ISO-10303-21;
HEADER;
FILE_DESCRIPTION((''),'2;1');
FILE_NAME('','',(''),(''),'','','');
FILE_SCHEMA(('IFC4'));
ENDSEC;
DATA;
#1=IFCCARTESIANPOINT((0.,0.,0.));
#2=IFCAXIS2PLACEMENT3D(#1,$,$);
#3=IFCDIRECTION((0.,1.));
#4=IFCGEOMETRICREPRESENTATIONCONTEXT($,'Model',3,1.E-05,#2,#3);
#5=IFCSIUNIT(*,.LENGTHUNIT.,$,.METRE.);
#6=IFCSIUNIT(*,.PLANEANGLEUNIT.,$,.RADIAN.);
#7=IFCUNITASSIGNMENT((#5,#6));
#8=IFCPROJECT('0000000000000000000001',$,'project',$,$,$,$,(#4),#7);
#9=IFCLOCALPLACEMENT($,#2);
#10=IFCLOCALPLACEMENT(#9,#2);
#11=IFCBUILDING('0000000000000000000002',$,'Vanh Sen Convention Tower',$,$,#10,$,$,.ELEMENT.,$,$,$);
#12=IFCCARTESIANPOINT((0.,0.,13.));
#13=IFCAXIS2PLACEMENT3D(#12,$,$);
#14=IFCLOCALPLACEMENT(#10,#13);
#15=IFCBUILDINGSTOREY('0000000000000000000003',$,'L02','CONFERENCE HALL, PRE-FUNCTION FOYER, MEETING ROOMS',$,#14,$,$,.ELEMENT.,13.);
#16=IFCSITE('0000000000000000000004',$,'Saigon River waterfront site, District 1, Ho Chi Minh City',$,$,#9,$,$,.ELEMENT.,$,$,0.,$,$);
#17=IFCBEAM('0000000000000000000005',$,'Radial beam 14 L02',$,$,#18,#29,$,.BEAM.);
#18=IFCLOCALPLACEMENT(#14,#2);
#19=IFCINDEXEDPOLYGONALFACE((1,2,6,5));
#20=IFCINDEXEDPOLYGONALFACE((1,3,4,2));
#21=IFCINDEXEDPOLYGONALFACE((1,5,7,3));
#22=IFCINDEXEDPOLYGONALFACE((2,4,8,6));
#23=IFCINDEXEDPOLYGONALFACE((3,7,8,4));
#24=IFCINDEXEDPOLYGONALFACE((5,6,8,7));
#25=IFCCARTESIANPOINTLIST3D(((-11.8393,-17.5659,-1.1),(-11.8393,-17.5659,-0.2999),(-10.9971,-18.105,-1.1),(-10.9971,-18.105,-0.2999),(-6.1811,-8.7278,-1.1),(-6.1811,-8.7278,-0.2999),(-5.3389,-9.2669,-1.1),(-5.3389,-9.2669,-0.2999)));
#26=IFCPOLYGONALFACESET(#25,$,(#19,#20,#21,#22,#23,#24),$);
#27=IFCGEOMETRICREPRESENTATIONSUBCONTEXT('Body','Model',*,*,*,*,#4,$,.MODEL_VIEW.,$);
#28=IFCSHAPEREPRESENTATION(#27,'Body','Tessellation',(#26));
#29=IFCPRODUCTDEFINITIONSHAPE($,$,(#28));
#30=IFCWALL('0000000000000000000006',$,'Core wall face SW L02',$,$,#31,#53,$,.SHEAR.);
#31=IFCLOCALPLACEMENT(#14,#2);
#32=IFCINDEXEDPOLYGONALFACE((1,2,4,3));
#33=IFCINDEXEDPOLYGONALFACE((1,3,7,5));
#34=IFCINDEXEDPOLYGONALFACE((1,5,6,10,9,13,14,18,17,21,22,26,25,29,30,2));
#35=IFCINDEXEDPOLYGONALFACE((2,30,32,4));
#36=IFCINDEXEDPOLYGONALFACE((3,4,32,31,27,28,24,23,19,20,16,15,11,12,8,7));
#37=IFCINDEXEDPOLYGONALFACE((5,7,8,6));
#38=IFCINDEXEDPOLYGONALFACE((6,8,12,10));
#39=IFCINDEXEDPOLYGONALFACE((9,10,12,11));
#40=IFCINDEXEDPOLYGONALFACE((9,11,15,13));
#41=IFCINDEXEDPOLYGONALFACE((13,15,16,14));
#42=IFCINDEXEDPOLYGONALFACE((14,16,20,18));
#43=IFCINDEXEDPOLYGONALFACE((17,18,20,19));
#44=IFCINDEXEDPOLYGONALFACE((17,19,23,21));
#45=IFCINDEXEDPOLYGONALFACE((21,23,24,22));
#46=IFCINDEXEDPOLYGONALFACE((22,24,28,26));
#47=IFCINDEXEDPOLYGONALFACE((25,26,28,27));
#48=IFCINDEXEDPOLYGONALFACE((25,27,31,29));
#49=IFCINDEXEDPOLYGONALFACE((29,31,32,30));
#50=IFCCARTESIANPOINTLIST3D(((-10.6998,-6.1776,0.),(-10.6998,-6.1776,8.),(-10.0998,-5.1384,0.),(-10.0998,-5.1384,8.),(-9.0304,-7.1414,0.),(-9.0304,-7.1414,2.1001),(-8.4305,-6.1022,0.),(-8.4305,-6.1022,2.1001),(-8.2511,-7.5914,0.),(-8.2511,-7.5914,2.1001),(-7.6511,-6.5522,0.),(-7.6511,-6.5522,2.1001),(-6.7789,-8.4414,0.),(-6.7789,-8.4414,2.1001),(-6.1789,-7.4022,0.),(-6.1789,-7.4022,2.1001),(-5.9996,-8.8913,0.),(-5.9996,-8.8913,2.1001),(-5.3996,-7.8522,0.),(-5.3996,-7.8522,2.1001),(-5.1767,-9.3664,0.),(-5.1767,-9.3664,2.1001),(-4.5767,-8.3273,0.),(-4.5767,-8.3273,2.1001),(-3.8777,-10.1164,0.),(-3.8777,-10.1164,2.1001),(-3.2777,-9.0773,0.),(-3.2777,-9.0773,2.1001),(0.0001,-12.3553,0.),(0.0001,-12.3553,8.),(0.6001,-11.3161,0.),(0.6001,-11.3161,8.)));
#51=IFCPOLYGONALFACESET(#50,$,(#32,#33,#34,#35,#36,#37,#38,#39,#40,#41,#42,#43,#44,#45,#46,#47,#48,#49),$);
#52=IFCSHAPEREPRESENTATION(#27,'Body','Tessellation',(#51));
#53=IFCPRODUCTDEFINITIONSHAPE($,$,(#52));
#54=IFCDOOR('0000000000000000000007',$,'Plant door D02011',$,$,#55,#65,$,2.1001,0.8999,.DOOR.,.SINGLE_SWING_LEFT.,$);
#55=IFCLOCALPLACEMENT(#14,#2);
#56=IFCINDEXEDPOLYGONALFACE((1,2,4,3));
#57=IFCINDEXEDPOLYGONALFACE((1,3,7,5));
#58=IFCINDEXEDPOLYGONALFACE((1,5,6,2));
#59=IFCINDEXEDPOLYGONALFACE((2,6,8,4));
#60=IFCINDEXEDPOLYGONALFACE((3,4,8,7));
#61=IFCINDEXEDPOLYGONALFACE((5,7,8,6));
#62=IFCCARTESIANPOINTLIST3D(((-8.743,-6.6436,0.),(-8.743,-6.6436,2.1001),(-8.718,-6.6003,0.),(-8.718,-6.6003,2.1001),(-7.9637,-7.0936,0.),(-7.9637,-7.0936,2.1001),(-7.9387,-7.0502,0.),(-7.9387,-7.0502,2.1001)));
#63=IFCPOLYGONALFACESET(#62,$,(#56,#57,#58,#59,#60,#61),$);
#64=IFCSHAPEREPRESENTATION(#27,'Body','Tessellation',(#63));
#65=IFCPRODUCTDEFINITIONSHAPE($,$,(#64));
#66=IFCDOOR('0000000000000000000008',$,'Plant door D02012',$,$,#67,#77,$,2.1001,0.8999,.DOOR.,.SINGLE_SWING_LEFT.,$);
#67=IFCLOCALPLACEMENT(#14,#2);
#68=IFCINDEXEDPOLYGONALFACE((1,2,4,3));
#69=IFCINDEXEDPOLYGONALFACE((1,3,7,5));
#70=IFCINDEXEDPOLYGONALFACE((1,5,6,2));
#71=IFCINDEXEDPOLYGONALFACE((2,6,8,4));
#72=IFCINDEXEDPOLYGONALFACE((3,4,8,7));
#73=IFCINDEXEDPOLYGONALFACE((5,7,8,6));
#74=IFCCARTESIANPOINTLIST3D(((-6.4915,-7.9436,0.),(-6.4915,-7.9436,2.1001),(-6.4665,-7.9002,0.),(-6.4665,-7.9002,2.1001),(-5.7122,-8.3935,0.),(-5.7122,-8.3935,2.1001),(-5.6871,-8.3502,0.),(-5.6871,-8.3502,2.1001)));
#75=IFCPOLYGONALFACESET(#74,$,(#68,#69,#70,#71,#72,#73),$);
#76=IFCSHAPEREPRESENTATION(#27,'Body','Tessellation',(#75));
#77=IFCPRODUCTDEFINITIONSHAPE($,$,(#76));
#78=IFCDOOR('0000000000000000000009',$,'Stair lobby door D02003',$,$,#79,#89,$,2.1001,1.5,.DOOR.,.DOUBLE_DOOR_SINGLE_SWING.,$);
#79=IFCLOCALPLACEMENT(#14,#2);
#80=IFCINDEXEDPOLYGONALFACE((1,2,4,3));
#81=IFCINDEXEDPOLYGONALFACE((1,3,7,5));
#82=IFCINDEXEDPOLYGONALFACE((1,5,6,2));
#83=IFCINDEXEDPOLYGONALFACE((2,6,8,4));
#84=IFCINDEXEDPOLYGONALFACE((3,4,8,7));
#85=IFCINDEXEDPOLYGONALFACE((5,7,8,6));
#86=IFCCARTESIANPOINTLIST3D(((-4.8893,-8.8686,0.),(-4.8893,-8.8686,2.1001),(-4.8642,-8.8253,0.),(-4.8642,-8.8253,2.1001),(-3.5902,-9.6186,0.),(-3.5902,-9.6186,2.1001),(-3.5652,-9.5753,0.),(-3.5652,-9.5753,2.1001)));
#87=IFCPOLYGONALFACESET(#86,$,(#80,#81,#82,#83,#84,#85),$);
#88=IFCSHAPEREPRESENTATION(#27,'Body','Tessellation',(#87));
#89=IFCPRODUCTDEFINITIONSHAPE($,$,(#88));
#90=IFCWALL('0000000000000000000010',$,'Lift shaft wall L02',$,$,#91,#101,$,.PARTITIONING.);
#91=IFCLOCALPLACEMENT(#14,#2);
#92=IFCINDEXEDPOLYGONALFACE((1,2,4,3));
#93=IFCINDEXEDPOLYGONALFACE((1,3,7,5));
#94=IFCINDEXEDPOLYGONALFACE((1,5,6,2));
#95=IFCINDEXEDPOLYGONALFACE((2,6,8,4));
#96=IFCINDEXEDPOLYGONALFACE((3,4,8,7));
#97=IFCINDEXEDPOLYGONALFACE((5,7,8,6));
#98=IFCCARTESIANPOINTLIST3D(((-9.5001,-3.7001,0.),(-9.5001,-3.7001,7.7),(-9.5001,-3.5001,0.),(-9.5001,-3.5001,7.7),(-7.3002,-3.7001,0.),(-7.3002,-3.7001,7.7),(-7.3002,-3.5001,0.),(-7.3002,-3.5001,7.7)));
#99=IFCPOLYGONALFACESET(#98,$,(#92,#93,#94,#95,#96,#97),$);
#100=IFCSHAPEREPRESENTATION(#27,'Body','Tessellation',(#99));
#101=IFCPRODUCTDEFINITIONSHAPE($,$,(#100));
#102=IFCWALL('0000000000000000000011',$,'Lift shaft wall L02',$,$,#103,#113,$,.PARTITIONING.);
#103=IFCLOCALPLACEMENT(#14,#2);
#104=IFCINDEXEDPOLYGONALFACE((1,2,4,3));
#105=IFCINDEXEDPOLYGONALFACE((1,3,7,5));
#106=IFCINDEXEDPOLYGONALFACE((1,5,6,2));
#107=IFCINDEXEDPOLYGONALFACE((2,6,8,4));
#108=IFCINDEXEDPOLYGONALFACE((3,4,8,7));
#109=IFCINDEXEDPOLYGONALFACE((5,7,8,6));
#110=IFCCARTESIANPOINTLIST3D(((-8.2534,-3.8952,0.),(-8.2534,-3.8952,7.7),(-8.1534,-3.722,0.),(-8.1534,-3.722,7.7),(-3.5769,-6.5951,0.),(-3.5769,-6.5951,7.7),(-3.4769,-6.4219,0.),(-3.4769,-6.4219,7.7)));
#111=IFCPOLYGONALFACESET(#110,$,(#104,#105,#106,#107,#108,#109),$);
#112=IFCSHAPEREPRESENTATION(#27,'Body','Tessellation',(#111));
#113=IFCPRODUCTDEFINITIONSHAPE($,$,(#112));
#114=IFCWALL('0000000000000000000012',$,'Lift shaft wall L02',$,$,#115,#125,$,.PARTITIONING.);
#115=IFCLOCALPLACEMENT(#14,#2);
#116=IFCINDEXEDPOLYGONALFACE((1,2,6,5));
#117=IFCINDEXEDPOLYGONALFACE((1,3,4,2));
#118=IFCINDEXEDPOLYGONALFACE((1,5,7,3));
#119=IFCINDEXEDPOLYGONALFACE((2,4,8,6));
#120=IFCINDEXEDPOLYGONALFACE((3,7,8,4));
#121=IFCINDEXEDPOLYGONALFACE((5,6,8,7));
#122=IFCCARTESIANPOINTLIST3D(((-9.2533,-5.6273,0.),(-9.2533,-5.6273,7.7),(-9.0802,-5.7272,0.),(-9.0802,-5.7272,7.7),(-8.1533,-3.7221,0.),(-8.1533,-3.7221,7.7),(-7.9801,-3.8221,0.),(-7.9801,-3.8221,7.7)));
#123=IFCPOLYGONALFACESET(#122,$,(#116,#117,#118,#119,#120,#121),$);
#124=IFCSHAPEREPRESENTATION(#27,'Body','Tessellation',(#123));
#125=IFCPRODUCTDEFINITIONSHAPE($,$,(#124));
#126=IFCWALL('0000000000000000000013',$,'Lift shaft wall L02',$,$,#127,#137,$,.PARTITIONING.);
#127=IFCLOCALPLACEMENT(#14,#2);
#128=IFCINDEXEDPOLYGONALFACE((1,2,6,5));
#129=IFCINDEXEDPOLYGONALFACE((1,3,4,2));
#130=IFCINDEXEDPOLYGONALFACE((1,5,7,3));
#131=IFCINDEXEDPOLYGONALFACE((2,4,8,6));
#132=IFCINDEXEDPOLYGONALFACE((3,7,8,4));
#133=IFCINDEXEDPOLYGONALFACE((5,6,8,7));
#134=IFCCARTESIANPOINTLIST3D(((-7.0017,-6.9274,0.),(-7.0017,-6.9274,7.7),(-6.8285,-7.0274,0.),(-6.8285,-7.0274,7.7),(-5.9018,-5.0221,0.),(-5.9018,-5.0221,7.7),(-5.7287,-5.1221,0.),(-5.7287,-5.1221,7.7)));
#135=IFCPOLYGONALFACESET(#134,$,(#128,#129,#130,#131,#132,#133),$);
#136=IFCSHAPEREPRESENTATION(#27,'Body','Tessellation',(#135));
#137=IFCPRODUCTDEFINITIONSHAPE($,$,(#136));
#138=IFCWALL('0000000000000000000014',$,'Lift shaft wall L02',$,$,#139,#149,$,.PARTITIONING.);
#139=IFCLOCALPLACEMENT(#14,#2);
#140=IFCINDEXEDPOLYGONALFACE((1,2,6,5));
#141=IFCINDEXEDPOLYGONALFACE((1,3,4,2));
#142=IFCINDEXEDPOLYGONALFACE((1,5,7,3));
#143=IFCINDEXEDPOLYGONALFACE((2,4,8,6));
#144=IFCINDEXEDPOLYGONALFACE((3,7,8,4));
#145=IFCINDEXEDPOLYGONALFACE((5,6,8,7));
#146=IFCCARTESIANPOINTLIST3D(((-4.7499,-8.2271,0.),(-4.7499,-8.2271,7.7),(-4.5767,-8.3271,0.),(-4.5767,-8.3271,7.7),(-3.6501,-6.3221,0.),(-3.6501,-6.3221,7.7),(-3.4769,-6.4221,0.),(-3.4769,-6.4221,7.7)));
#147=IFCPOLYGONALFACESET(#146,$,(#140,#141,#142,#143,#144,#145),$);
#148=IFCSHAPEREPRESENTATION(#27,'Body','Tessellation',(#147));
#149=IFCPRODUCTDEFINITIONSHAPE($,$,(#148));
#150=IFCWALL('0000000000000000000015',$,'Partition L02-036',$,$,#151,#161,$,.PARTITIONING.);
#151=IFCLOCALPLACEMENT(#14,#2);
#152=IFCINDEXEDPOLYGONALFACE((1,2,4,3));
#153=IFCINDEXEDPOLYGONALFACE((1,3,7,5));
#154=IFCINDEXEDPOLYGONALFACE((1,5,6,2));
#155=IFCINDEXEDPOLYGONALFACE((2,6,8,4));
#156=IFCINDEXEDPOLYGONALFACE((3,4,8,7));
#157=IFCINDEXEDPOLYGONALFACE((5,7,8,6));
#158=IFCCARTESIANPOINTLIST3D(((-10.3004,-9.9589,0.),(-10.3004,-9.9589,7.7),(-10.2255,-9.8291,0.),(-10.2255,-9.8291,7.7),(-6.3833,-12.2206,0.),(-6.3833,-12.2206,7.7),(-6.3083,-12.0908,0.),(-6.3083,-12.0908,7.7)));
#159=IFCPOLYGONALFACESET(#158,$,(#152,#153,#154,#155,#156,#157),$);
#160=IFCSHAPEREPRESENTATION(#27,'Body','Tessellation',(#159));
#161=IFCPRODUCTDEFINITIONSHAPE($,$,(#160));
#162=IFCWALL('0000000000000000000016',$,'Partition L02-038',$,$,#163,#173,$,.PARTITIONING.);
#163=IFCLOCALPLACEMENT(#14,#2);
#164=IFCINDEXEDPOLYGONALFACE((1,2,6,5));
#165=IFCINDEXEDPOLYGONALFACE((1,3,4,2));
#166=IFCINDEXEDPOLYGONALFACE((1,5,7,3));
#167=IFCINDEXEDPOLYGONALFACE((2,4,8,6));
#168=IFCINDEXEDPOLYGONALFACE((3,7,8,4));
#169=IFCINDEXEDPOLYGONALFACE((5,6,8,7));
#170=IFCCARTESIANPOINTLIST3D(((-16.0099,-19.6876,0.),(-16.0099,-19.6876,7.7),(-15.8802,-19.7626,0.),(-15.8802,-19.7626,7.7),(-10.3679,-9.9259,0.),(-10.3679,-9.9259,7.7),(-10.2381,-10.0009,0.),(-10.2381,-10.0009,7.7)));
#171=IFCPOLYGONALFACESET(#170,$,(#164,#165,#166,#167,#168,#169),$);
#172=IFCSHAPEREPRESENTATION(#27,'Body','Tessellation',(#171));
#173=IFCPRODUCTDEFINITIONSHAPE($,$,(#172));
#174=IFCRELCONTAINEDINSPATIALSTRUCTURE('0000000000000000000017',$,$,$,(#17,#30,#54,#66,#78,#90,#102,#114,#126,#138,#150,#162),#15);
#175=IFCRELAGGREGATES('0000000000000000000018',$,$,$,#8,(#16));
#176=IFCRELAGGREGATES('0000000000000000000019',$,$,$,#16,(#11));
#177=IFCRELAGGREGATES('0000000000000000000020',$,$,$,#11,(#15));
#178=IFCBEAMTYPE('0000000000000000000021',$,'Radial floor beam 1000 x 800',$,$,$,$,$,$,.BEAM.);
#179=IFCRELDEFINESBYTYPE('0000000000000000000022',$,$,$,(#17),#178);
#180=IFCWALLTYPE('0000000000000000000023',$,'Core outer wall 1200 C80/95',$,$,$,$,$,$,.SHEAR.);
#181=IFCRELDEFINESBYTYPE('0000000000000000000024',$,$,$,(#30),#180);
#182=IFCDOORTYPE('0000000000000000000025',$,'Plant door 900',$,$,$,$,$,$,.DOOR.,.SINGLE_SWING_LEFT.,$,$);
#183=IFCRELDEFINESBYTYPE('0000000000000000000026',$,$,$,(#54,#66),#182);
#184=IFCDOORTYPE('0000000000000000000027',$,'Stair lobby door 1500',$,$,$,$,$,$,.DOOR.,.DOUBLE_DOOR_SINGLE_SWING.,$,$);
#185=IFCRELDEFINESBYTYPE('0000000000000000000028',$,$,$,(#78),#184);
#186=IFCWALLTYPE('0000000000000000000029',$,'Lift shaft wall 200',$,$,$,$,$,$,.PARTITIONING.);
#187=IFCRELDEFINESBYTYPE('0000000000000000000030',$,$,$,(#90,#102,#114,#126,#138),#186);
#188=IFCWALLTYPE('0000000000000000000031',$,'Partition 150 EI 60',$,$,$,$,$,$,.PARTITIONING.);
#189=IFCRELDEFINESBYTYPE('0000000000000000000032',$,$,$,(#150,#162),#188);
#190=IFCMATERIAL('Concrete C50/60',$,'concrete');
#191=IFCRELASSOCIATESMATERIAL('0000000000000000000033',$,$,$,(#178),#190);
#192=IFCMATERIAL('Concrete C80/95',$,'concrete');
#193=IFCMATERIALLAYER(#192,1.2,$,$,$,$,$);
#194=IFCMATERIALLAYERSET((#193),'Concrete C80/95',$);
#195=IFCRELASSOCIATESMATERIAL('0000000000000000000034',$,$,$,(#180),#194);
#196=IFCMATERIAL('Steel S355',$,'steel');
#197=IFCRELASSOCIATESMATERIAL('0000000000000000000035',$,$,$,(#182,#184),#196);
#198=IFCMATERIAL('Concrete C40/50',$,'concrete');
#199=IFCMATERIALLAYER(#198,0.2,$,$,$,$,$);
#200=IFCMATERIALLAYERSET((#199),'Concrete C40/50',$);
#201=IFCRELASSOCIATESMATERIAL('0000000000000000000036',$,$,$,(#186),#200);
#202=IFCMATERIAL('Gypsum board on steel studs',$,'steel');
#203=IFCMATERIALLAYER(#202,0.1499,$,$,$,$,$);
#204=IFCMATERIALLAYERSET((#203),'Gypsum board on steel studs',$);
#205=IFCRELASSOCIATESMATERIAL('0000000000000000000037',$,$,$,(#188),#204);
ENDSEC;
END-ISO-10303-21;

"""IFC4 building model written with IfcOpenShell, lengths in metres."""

from ifc_helpers import new_model, si_unit, direction, frame, frame_2d, origin, origin_2d, place, context, subcontext, project, spatial, rectangle, extrude, material, layer, layer_set, material_profile, profile_set, type_object, element, fill, save


model = new_model("IFC4")

# Units and contexts
model_context = context("Model", 3, precision=1e-05, world=origin(), true_north=direction((0.0, 1.0)))
body_context = subcontext(model_context, "Body", "Model", "MODEL_VIEW")
ifc_project = project(units=[si_unit("LENGTHUNIT", "METRE"), si_unit("PLANEANGLEUNIT", "RADIAN")], contexts=[model_context])

# Site, building, storey
site_placement = place(None, origin())
site = spatial("IfcSite", under=ifc_project, at=site_placement, Name="Saigon River waterfront site, District 1, Ho Chi Minh City", CompositionType="ELEMENT", RefElevation=0.0)
building_placement = place(site_placement, origin())
building = spatial("IfcBuilding", under=site, at=building_placement, Name="Vanh Sen Convention Tower", CompositionType="ELEMENT")
storey_placement = place(building_placement, frame((0.0, 0.0, 13.0)))
storey = spatial("IfcBuildingStorey", under=building, at=storey_placement, Name="L02", Description="CONFERENCE HALL, PRE-FUNCTION FOYER, MEETING ROOMS", CompositionType="ELEMENT", Elevation=13.0)

# Beam
ifc_material_1 = material(Name="Concrete C50/60", Category="concrete")
ifc_material_profile = material_profile(ifc_material_1, rectangle(XDim=1.0, YDim=0.8, at=origin_2d()), Name="RC 1000X800")
ifc_profile_set = profile_set([ifc_material_profile], Name="Concrete C50/60")
beam_type = type_object("IfcBeamType", Name="Radial floor beam 1000 x 800", PredefinedType="BEAM", material=ifc_profile_set)
beam_placement = place(storey_placement, frame((-11.4182, -17.8354, -0.7), z_axis=(0.539175, 0.842194, 0.0), x_axis=(-0.842194, 0.539175, 0.0)))
element("IfcBeam", 1, at=beam_placement, inside=storey, type_object=beam_type, Name="Radial beam 14 L02", PredefinedType="BEAM", context=body_context, shape_type="SweptSolid", body=[
    extrude(rectangle(XDim=1.0, YDim=0.8, at=origin_2d()), origin(), (0.0, 0.0, 1.0), 10.4941),
])

# Wall, openings, doors
ifc_material_2 = material(Name="Concrete C80/95", Category="concrete")
ifc_layer_1 = layer(ifc_material_2, 1.2)
ifc_layer_set_1 = layer_set([ifc_layer_1], Name="Concrete C80/95")
wall_type_1 = type_object("IfcWallType", Name="Core outer wall 1200 C80/95", PredefinedType="SHEAR", material=ifc_layer_set_1)
wall_1_placement = place(storey_placement, frame((-10.3999, -5.658, 0.0), z_axis=(0.0, 0.0, 1.0), x_axis=(0.866021, -0.500007, 0.0)))
wall_1 = element("IfcWall", 2, at=wall_1_placement, inside=storey, type_object=wall_type_1, Name="Core wall face SW L02", PredefinedType="SHEAR", context=body_context, shape_type="SweptSolid", body=[
    extrude(rectangle(XDim=12.3552, YDim=1.2, at=frame_2d((6.1777, 0.0))), origin(), (0.0, 0.0, 1.0), 8.0),
])
opening_1_placement = place(wall_1_placement, frame((6.3777, 0.0, 0.0)))
opening_1 = element("IfcOpeningElement", 3, at=opening_1_placement, cuts=wall_1, PredefinedType="OPENING", context=body_context, shape_type="SweptSolid", body=[
    extrude(rectangle(XDim=1.5, YDim=2.1001, at=frame_2d((0.75, 1.05))), frame((0.0, 0.6099, 0.0), z_axis=(0.0, -1.0, 0.0), x_axis=(1.0, 0.0, 0.0)), (0.0, 0.0, 1.0), 1.22),
])
opening_2_placement = place(wall_1_placement, frame((1.9277, 0.0, 0.0)))
opening_2 = element("IfcOpeningElement", 4, at=opening_2_placement, cuts=wall_1, PredefinedType="OPENING", context=body_context, shape_type="SweptSolid", body=[
    extrude(rectangle(XDim=0.8999, YDim=2.1001, at=frame_2d((0.45, 1.05))), frame((0.0, 0.6099, 0.0), z_axis=(0.0, -1.0, 0.0), x_axis=(1.0, 0.0, 0.0)), (0.0, 0.0, 1.0), 1.22),
])
opening_3_placement = place(wall_1_placement, frame((4.5276, 0.0, 0.0)))
opening_3 = element("IfcOpeningElement", 5, at=opening_3_placement, cuts=wall_1, PredefinedType="OPENING", context=body_context, shape_type="SweptSolid", body=[
    extrude(rectangle(XDim=0.8999, YDim=2.1001, at=frame_2d((0.45, 1.05))), frame((0.0, 0.6099, 0.0), z_axis=(0.0, -1.0, 0.0), x_axis=(1.0, 0.0, 0.0)), (0.0, 0.0, 1.0), 1.22),
])
ifc_material_3 = material(Name="Steel S355", Category="steel")
door_type_1 = type_object("IfcDoorType", Name="Plant door 900", OperationType="SINGLE_SWING_LEFT", PredefinedType="DOOR", material=ifc_material_3)
door_1_placement = place(opening_2_placement, origin())
door_1 = element("IfcDoor", 6, at=door_1_placement, inside=storey, type_object=door_type_1, Name="Plant door D02011", OperationType="SINGLE_SWING_LEFT", OverallHeight=2.1001, OverallWidth=0.8999, PredefinedType="DOOR", context=body_context, shape_type="SweptSolid", body=[
    extrude(rectangle(XDim=0.8999, YDim=2.1001, at=frame_2d((0.45, 1.05))), frame((0.0, 0.0249, 0.0), z_axis=(0.0, -1.0, 0.0), x_axis=(1.0, 0.0, 0.0)), (0.0, 0.0, 1.0), 0.05),
])
fill(opening_2, door_1)
door_2_placement = place(opening_3_placement, origin())
door_2 = element("IfcDoor", 7, at=door_2_placement, inside=storey, type_object=door_type_1, Name="Plant door D02012", OperationType="SINGLE_SWING_LEFT", OverallHeight=2.1001, OverallWidth=0.8999, PredefinedType="DOOR", context=body_context, shape_type="SweptSolid", body=[
    extrude(rectangle(XDim=0.8999, YDim=2.1001, at=frame_2d((0.45, 1.05))), frame((0.0, 0.0249, 0.0), z_axis=(0.0, -1.0, 0.0), x_axis=(1.0, 0.0, 0.0)), (0.0, 0.0, 1.0), 0.05),
])
fill(opening_3, door_2)
door_type_2 = type_object("IfcDoorType", Name="Stair lobby door 1500", OperationType="DOUBLE_DOOR_SINGLE_SWING", PredefinedType="DOOR", material=ifc_material_3)
door_3_placement = place(opening_1_placement, origin())
door_3 = element("IfcDoor", 8, at=door_3_placement, inside=storey, type_object=door_type_2, Name="Stair lobby door D02003", OperationType="DOUBLE_DOOR_SINGLE_SWING", OverallHeight=2.1001, OverallWidth=1.5, PredefinedType="DOOR", context=body_context, shape_type="SweptSolid", body=[
    extrude(rectangle(XDim=1.5, YDim=2.1001, at=frame_2d((0.75, 1.05))), frame((0.0, 0.0249, 0.0), z_axis=(0.0, -1.0, 0.0), x_axis=(1.0, 0.0, 0.0)), (0.0, 0.0, 1.0), 0.05),
])
fill(opening_1, door_3)

# Walls
ifc_material_4 = material(Name="Concrete C40/50", Category="concrete")
ifc_layer_2 = layer(ifc_material_4, 0.2)
ifc_layer_set_2 = layer_set([ifc_layer_2], Name="Concrete C40/50")
wall_type_2 = type_object("IfcWallType", Name="Lift shaft wall 200", PredefinedType="PARTITIONING", material=ifc_layer_set_2)
wall_2_placement = place(storey_placement, frame((-7.3, -3.6001, 0.0), z_axis=(0.0, 0.0, 1.0), x_axis=(-1.0, 0.0, 0.0)))
element("IfcWall", 9, at=wall_2_placement, inside=storey, type_object=wall_type_2, Name="Lift shaft wall L02", PredefinedType="PARTITIONING", context=body_context, shape_type="SweptSolid", body=[
    extrude(rectangle(XDim=2.2, YDim=0.2, at=frame_2d((1.1001, 0.0))), origin(), (0.0, 0.0, 1.0), 7.7),
])
wall_3_placement = place(storey_placement, frame((-8.2034, -3.8086, 0.0), z_axis=(0.0, 0.0, 1.0), x_axis=(0.866028, -0.499995, 0.0)))
element("IfcWall", 10, at=wall_3_placement, inside=storey, type_object=wall_type_2, Name="Lift shaft wall L02", PredefinedType="PARTITIONING", context=body_context, shape_type="SweptSolid", body=[
    extrude(rectangle(XDim=5.3999, YDim=0.2, at=frame_2d((2.7, 0.0))), origin(), (0.0, 0.0, 1.0), 7.7),
])
for number, where, z_axis, x_axis, name in (
    (11, (-8.0667, -3.772, 0.0), (0.0, 0.0, 1.0), (-0.50003, -0.866008, 0.0), "Lift shaft wall L02"),
    (12, (-5.8152, -5.072, 0.0), (0.0, 0.0, 1.0), (-0.499947, -0.866056, 0.0), "Lift shaft wall L02"),
):
    element("IfcWall", number, at=place(storey_placement, frame(where, z_axis=z_axis, x_axis=x_axis)), inside=storey, type_object=wall_type_2, Name=name, PredefinedType="PARTITIONING", context=body_context, shape_type="SweptSolid", body=[
        extrude(rectangle(XDim=2.2, YDim=0.2, at=frame_2d((1.1001, 0.0))), origin(), (0.0, 0.0, 1.0), 7.7),
    ])
wall_4_placement = place(storey_placement, frame((-3.5635, -6.3721, 0.0), z_axis=(0.0, 0.0, 1.0), x_axis=(-0.499995, -0.866028, 0.0)))
element("IfcWall", 13, at=wall_4_placement, inside=storey, type_object=wall_type_2, Name="Lift shaft wall L02", PredefinedType="PARTITIONING", context=body_context, shape_type="SweptSolid", body=[
    extrude(rectangle(XDim=2.1997, YDim=0.2, at=frame_2d((1.0999, 0.0))), origin(), (0.0, 0.0, 1.0), 7.7),
])
ifc_material_5 = material(Name="Gypsum board on steel studs", Category="steel")
ifc_layer_3 = layer(ifc_material_5, 0.1499)
ifc_layer_set_3 = layer_set([ifc_layer_3], Name="Gypsum board on steel studs")
wall_type_3 = type_object("IfcWallType", Name="Partition 150 EI 60", PredefinedType="PARTITIONING", material=ifc_layer_set_3)
wall_5_placement = place(storey_placement, frame((-6.3457, -12.1558, 0.0), z_axis=(0.0, 0.0, 1.0), x_axis=(-0.866016, 0.500017, 0.0)))
element("IfcWall", 14, at=wall_5_placement, inside=storey, type_object=wall_type_3, Name="Partition L02-036", PredefinedType="PARTITIONING", context=body_context, shape_type="SweptSolid", body=[
    extrude(rectangle(XDim=4.5232, YDim=0.1499, at=frame_2d((2.2617, 0.0))), origin(), (0.0, 0.0, 1.0), 7.7),
])
wall_6_placement = place(storey_placement, frame((-10.303, -9.9634, 0.0), z_axis=(0.0, 0.0, 1.0), x_axis=(-0.50041, -0.865789, 0.0)))
element("IfcWall", 15, at=wall_6_placement, inside=storey, type_object=wall_type_3, Name="Partition L02-038", PredefinedType="PARTITIONING", context=body_context, shape_type="SweptSolid", body=[
    extrude(rectangle(XDim=11.2749, YDim=0.1499, at=frame_2d((5.6375, 0.0))), origin(), (0.0, 0.0, 1.0), 7.7),
])

save(model, "model.ifc")
